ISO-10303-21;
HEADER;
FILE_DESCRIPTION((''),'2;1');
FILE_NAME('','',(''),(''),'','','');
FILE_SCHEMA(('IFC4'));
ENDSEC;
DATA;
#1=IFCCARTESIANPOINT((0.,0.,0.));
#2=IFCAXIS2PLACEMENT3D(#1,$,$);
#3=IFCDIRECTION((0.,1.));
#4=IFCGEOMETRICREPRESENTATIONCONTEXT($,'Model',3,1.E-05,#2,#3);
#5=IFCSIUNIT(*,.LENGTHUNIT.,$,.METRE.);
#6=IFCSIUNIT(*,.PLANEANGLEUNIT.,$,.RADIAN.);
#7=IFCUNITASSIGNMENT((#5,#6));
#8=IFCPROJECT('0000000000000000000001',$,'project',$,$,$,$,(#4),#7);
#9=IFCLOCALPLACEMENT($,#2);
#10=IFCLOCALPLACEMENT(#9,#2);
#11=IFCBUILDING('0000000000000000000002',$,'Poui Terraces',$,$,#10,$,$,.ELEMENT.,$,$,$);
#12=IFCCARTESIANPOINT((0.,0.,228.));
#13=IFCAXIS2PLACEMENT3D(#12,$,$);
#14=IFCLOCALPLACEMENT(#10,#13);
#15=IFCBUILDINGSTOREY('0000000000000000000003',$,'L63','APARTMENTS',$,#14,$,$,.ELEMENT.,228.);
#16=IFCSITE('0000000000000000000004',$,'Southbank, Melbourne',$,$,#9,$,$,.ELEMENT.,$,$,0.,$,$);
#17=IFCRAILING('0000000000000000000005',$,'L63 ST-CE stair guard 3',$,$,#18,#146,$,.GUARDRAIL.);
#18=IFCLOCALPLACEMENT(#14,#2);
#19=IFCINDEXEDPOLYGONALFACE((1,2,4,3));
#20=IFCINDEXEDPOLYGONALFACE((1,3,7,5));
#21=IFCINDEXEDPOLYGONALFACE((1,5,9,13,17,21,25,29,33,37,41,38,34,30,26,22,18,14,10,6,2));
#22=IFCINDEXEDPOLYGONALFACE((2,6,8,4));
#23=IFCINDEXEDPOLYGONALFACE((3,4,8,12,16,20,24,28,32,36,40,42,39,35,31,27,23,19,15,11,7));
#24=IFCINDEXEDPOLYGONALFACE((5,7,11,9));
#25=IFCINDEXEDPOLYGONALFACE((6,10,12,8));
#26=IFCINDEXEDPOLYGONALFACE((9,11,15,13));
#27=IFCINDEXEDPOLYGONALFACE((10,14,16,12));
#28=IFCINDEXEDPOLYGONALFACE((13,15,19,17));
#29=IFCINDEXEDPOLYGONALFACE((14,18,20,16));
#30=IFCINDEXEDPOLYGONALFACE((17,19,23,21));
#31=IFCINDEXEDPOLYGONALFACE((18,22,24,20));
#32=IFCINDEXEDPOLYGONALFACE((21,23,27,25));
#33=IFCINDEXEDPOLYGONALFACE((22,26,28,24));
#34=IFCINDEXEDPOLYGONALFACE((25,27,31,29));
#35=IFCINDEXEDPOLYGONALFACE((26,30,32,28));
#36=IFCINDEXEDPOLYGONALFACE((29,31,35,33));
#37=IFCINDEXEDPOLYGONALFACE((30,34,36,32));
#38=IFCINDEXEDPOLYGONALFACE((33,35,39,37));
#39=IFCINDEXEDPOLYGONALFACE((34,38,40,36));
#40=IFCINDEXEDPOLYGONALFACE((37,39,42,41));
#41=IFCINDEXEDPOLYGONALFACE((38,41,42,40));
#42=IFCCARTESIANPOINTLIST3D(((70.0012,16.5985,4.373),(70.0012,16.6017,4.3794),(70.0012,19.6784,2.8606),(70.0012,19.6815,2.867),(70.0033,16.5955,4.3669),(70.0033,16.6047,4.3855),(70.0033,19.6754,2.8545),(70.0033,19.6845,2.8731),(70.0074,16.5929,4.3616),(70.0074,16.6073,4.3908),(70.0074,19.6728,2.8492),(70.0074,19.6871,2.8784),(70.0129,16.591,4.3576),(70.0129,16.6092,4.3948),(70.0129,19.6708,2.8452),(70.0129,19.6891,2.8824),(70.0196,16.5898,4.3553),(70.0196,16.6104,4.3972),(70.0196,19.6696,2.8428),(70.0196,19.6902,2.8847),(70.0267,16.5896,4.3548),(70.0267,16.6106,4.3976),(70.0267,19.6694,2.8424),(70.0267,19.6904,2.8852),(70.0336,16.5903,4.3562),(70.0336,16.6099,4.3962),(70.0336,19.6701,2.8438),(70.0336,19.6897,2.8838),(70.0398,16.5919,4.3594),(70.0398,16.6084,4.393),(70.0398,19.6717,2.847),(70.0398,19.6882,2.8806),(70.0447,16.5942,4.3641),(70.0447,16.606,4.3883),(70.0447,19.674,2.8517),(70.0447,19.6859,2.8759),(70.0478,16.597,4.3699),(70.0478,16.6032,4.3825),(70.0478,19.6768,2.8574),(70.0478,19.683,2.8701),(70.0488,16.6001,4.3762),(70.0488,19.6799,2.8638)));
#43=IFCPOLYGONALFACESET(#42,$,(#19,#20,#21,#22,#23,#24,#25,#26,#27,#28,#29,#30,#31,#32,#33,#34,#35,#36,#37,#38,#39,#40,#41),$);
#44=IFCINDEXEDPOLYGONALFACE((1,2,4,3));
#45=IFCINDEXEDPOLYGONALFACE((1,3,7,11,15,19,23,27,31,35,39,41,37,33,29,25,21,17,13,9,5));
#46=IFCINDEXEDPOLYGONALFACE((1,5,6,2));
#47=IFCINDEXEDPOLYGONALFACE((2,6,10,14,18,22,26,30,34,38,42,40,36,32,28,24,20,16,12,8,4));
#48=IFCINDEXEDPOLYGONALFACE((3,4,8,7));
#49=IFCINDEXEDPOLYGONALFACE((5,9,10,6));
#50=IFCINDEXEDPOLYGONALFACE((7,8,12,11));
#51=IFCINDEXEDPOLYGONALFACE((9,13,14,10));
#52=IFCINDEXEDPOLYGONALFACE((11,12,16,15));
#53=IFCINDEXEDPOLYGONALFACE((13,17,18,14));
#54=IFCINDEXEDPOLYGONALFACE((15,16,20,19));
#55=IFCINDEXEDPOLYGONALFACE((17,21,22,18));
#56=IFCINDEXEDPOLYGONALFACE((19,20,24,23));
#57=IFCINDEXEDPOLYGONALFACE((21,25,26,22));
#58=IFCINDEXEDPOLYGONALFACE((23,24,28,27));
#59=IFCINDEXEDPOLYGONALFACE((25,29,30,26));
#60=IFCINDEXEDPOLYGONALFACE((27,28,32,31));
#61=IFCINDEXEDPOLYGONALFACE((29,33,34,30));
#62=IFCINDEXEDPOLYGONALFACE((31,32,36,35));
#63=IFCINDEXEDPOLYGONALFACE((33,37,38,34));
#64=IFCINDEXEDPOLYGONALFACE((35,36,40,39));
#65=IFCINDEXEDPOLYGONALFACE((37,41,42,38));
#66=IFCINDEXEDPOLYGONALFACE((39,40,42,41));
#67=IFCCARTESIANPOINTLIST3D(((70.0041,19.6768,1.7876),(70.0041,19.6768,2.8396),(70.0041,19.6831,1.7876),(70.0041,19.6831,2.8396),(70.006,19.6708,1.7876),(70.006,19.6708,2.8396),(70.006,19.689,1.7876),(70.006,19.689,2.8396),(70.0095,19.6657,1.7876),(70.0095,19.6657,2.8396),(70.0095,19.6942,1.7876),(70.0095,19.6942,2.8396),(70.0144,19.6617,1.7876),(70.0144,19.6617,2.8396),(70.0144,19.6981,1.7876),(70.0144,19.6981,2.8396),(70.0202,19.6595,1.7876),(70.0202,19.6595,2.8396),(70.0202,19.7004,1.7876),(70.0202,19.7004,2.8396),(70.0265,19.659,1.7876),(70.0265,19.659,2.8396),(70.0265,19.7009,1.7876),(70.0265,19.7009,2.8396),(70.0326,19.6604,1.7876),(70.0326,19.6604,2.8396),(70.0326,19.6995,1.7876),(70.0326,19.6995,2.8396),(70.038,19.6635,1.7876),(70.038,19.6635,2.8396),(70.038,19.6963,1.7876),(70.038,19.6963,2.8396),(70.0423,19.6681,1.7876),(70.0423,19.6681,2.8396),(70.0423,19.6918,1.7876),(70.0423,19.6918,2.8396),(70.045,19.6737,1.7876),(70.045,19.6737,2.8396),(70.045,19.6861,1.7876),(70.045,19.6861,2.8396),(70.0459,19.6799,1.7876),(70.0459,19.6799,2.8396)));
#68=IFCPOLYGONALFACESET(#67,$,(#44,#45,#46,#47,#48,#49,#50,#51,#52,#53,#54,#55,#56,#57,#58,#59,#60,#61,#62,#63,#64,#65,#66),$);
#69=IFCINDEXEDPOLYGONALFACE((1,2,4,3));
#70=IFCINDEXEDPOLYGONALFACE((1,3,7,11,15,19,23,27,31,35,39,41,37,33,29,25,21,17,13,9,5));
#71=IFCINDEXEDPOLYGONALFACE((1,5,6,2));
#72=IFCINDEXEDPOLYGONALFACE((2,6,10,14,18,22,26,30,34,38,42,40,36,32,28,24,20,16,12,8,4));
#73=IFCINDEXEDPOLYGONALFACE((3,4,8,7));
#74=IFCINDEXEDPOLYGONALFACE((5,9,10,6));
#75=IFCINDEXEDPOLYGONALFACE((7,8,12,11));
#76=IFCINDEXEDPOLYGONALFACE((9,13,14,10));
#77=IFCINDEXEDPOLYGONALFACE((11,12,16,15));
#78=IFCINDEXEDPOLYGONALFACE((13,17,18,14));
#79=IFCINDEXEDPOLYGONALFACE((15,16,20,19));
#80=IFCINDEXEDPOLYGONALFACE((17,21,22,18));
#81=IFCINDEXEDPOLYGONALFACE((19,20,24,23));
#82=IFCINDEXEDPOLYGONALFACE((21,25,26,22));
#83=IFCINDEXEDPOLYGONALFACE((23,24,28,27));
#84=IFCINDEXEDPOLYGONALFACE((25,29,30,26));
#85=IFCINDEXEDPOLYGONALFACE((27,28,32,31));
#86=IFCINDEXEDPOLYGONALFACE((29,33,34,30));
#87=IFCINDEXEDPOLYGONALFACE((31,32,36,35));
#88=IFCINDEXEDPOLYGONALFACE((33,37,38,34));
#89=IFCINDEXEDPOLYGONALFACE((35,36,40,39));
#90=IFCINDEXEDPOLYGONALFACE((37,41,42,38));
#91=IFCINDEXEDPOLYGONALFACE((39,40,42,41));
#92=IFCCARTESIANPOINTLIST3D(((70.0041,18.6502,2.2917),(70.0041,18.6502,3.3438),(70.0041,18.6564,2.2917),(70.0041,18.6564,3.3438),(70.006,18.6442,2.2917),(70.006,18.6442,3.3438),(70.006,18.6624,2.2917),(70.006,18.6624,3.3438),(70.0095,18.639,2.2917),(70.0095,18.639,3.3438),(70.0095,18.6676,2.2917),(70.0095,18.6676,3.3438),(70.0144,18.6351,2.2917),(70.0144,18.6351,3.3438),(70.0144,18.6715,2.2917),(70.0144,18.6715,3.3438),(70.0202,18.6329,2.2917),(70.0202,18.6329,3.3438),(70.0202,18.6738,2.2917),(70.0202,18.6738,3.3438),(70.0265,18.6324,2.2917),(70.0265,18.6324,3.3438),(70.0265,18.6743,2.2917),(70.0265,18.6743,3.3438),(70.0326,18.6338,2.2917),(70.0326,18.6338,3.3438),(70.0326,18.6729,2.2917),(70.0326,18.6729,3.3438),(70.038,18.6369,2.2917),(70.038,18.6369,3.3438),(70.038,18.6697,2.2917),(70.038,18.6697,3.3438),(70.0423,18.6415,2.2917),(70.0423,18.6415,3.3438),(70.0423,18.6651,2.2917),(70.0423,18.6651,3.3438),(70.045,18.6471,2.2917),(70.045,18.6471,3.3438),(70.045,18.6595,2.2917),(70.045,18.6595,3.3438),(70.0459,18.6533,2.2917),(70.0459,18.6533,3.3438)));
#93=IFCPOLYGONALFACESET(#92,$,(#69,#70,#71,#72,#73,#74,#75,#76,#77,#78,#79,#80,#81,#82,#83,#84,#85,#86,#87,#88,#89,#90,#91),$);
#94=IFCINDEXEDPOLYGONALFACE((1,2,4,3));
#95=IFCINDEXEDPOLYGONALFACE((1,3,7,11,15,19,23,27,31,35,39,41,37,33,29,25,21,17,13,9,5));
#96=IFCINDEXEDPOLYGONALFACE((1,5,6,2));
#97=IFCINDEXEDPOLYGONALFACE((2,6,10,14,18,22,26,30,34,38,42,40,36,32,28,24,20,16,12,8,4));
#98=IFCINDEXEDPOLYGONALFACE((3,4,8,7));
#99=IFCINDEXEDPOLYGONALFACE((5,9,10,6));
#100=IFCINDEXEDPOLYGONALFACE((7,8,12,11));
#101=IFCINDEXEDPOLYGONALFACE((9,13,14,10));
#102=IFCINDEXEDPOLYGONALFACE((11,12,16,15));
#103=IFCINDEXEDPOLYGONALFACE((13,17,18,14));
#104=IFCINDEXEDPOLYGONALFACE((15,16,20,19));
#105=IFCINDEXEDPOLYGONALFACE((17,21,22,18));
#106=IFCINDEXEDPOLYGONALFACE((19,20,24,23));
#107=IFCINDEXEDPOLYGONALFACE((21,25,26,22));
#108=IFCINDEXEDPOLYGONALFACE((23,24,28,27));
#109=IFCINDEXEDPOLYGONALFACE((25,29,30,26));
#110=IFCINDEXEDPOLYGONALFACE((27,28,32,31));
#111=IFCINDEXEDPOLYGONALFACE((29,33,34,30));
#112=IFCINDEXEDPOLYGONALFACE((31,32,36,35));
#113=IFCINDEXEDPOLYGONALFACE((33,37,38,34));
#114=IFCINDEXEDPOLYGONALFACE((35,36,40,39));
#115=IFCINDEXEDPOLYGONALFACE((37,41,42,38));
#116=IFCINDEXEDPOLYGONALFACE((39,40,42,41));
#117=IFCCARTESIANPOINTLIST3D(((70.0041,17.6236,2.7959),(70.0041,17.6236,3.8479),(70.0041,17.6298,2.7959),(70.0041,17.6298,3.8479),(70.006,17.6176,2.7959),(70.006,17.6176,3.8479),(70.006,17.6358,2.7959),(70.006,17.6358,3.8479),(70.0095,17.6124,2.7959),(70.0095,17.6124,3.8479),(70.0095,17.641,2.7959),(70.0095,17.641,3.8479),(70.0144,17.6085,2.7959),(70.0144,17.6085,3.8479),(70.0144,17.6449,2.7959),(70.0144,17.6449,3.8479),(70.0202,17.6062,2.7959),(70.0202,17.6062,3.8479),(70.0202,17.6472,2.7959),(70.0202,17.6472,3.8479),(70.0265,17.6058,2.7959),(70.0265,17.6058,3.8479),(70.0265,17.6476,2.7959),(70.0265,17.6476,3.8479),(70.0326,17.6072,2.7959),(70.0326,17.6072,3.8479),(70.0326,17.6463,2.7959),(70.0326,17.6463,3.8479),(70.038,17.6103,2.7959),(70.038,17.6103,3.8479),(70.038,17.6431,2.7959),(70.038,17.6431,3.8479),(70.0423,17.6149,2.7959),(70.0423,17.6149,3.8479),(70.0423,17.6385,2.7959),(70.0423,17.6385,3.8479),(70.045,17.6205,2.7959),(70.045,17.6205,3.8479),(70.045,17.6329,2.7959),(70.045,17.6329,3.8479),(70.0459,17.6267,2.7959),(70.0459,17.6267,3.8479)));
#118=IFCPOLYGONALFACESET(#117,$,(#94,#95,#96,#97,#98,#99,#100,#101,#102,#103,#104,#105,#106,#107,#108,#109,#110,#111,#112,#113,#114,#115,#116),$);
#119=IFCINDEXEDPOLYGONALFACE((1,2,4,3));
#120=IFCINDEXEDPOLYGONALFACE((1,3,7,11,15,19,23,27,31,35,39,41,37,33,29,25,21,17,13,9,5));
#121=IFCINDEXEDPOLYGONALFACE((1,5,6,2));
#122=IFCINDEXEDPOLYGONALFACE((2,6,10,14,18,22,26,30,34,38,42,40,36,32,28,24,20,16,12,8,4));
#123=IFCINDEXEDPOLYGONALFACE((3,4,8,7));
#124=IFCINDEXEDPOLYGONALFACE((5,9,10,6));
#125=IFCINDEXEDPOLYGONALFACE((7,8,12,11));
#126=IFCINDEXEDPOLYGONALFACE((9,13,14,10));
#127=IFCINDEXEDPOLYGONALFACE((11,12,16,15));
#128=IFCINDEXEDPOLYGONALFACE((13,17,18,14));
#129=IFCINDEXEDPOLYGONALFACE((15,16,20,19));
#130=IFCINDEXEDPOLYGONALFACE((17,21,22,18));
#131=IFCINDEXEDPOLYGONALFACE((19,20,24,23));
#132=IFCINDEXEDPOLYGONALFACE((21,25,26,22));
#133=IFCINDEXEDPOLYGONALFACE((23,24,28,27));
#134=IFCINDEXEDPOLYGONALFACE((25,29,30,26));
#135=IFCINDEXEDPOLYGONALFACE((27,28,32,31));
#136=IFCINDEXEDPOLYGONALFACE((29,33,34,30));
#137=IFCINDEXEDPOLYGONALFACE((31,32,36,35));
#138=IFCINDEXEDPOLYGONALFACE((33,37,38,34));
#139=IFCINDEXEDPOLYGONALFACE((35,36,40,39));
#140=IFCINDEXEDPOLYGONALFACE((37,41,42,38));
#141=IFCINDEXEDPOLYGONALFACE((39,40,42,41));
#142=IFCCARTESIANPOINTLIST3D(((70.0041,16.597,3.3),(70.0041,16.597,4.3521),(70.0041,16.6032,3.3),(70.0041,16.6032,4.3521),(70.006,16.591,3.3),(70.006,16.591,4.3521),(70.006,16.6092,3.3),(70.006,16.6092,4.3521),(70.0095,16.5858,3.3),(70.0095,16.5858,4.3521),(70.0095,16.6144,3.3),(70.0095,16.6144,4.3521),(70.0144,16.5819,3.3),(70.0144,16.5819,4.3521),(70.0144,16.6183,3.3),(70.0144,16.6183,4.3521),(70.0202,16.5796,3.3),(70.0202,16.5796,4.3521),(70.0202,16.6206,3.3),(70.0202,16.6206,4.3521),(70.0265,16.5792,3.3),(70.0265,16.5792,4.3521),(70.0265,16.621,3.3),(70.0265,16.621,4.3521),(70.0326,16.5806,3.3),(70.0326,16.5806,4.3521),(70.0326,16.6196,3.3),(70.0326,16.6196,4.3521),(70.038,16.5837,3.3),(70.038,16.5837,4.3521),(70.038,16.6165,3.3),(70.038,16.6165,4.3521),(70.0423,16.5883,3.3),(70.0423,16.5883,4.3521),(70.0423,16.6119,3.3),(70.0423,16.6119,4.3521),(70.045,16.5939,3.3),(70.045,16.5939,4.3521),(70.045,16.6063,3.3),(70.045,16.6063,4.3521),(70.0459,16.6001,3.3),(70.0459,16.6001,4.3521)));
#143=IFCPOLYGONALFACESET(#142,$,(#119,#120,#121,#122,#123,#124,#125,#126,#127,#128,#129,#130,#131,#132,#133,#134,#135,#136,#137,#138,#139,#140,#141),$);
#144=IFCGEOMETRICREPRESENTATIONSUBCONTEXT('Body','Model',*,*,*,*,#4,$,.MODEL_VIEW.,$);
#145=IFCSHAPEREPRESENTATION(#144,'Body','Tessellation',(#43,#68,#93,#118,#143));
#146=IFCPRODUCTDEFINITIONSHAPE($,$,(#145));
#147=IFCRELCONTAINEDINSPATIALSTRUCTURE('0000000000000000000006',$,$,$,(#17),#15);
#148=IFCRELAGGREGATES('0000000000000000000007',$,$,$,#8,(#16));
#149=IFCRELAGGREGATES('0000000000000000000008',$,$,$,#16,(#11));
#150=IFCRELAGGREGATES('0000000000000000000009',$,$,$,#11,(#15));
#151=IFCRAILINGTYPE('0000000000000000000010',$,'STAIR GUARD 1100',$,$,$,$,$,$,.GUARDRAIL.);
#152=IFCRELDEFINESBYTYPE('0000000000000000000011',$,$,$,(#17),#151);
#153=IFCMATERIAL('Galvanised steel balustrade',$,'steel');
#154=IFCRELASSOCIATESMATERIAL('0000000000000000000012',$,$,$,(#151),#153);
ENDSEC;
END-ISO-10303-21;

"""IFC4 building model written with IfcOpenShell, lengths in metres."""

from ifc_helpers import new_model, si_unit, direction, frame, origin, origin_2d, place, context, subcontext, project, spatial, circle, extrude, material, type_object, element, save


model = new_model("IFC4")

# Units and contexts
model_context = context("Model", 3, precision=1e-05, world=origin(), true_north=direction((0.0, 1.0)))
body_context = subcontext(model_context, "Body", "Model", "MODEL_VIEW")
ifc_project = project(units=[si_unit("LENGTHUNIT", "METRE"), si_unit("PLANEANGLEUNIT", "RADIAN")], contexts=[model_context])

# Site, building, storey
site_placement = place(None, origin())
site = spatial("IfcSite", under=ifc_project, at=site_placement, Name="Southbank, Melbourne", CompositionType="ELEMENT", RefElevation=0.0)
building_placement = place(site_placement, origin())
building = spatial("IfcBuilding", under=site, at=building_placement, Name="Poui Terraces", CompositionType="ELEMENT")
storey_placement = place(building_placement, frame((0.0, 0.0, 228.0)))
storey = spatial("IfcBuildingStorey", under=building, at=storey_placement, Name="L63", Description="APARTMENTS", CompositionType="ELEMENT", Elevation=228.0)

# Railing
ifc_material_1 = material(Name="Galvanised steel balustrade", Category="steel")
railing_type_1 = type_object("IfcRailingType", Name="STAIR GUARD 1100", PredefinedType="GUARDRAIL", material=ifc_material_1)
railing_1_placement = place(storey_placement, frame((70.0249, 19.6799, 1.7876)))
element("IfcRailing", 1, at=railing_1_placement, inside=storey, type_object=railing_type_1, Name="L63 ST-CE stair guard 3", PredefinedType="GUARDRAIL", context=body_context, shape_type="SweptSolid", body=[
    extrude(circle(Radius=0.0239, at=origin_2d()), frame((0.0, 0.0, 1.0762), z_axis=(0.0, -0.897606, 0.440798), x_axis=(1.0, 0.0, 0.0)), (0.0, 0.0, 1.0), 3.4312),
    extrude(circle(Radius=0.021, at=origin_2d()), origin(), (0.0, 0.0, 1.0), 1.052),
    extrude(circle(Radius=0.021, at=origin_2d()), frame((0.0, -1.0266, 0.5042)), (0.0, 0.0, 1.0), 1.052),
    extrude(circle(Radius=0.021, at=origin_2d()), frame((0.0, -2.0532, 1.0083)), (0.0, 0.0, 1.0), 1.052),
    extrude(circle(Radius=0.021, at=origin_2d()), frame((0.0, -3.0798, 1.5125)), (0.0, 0.0, 1.0), 1.052),
])

save(model, "model.ifc")
